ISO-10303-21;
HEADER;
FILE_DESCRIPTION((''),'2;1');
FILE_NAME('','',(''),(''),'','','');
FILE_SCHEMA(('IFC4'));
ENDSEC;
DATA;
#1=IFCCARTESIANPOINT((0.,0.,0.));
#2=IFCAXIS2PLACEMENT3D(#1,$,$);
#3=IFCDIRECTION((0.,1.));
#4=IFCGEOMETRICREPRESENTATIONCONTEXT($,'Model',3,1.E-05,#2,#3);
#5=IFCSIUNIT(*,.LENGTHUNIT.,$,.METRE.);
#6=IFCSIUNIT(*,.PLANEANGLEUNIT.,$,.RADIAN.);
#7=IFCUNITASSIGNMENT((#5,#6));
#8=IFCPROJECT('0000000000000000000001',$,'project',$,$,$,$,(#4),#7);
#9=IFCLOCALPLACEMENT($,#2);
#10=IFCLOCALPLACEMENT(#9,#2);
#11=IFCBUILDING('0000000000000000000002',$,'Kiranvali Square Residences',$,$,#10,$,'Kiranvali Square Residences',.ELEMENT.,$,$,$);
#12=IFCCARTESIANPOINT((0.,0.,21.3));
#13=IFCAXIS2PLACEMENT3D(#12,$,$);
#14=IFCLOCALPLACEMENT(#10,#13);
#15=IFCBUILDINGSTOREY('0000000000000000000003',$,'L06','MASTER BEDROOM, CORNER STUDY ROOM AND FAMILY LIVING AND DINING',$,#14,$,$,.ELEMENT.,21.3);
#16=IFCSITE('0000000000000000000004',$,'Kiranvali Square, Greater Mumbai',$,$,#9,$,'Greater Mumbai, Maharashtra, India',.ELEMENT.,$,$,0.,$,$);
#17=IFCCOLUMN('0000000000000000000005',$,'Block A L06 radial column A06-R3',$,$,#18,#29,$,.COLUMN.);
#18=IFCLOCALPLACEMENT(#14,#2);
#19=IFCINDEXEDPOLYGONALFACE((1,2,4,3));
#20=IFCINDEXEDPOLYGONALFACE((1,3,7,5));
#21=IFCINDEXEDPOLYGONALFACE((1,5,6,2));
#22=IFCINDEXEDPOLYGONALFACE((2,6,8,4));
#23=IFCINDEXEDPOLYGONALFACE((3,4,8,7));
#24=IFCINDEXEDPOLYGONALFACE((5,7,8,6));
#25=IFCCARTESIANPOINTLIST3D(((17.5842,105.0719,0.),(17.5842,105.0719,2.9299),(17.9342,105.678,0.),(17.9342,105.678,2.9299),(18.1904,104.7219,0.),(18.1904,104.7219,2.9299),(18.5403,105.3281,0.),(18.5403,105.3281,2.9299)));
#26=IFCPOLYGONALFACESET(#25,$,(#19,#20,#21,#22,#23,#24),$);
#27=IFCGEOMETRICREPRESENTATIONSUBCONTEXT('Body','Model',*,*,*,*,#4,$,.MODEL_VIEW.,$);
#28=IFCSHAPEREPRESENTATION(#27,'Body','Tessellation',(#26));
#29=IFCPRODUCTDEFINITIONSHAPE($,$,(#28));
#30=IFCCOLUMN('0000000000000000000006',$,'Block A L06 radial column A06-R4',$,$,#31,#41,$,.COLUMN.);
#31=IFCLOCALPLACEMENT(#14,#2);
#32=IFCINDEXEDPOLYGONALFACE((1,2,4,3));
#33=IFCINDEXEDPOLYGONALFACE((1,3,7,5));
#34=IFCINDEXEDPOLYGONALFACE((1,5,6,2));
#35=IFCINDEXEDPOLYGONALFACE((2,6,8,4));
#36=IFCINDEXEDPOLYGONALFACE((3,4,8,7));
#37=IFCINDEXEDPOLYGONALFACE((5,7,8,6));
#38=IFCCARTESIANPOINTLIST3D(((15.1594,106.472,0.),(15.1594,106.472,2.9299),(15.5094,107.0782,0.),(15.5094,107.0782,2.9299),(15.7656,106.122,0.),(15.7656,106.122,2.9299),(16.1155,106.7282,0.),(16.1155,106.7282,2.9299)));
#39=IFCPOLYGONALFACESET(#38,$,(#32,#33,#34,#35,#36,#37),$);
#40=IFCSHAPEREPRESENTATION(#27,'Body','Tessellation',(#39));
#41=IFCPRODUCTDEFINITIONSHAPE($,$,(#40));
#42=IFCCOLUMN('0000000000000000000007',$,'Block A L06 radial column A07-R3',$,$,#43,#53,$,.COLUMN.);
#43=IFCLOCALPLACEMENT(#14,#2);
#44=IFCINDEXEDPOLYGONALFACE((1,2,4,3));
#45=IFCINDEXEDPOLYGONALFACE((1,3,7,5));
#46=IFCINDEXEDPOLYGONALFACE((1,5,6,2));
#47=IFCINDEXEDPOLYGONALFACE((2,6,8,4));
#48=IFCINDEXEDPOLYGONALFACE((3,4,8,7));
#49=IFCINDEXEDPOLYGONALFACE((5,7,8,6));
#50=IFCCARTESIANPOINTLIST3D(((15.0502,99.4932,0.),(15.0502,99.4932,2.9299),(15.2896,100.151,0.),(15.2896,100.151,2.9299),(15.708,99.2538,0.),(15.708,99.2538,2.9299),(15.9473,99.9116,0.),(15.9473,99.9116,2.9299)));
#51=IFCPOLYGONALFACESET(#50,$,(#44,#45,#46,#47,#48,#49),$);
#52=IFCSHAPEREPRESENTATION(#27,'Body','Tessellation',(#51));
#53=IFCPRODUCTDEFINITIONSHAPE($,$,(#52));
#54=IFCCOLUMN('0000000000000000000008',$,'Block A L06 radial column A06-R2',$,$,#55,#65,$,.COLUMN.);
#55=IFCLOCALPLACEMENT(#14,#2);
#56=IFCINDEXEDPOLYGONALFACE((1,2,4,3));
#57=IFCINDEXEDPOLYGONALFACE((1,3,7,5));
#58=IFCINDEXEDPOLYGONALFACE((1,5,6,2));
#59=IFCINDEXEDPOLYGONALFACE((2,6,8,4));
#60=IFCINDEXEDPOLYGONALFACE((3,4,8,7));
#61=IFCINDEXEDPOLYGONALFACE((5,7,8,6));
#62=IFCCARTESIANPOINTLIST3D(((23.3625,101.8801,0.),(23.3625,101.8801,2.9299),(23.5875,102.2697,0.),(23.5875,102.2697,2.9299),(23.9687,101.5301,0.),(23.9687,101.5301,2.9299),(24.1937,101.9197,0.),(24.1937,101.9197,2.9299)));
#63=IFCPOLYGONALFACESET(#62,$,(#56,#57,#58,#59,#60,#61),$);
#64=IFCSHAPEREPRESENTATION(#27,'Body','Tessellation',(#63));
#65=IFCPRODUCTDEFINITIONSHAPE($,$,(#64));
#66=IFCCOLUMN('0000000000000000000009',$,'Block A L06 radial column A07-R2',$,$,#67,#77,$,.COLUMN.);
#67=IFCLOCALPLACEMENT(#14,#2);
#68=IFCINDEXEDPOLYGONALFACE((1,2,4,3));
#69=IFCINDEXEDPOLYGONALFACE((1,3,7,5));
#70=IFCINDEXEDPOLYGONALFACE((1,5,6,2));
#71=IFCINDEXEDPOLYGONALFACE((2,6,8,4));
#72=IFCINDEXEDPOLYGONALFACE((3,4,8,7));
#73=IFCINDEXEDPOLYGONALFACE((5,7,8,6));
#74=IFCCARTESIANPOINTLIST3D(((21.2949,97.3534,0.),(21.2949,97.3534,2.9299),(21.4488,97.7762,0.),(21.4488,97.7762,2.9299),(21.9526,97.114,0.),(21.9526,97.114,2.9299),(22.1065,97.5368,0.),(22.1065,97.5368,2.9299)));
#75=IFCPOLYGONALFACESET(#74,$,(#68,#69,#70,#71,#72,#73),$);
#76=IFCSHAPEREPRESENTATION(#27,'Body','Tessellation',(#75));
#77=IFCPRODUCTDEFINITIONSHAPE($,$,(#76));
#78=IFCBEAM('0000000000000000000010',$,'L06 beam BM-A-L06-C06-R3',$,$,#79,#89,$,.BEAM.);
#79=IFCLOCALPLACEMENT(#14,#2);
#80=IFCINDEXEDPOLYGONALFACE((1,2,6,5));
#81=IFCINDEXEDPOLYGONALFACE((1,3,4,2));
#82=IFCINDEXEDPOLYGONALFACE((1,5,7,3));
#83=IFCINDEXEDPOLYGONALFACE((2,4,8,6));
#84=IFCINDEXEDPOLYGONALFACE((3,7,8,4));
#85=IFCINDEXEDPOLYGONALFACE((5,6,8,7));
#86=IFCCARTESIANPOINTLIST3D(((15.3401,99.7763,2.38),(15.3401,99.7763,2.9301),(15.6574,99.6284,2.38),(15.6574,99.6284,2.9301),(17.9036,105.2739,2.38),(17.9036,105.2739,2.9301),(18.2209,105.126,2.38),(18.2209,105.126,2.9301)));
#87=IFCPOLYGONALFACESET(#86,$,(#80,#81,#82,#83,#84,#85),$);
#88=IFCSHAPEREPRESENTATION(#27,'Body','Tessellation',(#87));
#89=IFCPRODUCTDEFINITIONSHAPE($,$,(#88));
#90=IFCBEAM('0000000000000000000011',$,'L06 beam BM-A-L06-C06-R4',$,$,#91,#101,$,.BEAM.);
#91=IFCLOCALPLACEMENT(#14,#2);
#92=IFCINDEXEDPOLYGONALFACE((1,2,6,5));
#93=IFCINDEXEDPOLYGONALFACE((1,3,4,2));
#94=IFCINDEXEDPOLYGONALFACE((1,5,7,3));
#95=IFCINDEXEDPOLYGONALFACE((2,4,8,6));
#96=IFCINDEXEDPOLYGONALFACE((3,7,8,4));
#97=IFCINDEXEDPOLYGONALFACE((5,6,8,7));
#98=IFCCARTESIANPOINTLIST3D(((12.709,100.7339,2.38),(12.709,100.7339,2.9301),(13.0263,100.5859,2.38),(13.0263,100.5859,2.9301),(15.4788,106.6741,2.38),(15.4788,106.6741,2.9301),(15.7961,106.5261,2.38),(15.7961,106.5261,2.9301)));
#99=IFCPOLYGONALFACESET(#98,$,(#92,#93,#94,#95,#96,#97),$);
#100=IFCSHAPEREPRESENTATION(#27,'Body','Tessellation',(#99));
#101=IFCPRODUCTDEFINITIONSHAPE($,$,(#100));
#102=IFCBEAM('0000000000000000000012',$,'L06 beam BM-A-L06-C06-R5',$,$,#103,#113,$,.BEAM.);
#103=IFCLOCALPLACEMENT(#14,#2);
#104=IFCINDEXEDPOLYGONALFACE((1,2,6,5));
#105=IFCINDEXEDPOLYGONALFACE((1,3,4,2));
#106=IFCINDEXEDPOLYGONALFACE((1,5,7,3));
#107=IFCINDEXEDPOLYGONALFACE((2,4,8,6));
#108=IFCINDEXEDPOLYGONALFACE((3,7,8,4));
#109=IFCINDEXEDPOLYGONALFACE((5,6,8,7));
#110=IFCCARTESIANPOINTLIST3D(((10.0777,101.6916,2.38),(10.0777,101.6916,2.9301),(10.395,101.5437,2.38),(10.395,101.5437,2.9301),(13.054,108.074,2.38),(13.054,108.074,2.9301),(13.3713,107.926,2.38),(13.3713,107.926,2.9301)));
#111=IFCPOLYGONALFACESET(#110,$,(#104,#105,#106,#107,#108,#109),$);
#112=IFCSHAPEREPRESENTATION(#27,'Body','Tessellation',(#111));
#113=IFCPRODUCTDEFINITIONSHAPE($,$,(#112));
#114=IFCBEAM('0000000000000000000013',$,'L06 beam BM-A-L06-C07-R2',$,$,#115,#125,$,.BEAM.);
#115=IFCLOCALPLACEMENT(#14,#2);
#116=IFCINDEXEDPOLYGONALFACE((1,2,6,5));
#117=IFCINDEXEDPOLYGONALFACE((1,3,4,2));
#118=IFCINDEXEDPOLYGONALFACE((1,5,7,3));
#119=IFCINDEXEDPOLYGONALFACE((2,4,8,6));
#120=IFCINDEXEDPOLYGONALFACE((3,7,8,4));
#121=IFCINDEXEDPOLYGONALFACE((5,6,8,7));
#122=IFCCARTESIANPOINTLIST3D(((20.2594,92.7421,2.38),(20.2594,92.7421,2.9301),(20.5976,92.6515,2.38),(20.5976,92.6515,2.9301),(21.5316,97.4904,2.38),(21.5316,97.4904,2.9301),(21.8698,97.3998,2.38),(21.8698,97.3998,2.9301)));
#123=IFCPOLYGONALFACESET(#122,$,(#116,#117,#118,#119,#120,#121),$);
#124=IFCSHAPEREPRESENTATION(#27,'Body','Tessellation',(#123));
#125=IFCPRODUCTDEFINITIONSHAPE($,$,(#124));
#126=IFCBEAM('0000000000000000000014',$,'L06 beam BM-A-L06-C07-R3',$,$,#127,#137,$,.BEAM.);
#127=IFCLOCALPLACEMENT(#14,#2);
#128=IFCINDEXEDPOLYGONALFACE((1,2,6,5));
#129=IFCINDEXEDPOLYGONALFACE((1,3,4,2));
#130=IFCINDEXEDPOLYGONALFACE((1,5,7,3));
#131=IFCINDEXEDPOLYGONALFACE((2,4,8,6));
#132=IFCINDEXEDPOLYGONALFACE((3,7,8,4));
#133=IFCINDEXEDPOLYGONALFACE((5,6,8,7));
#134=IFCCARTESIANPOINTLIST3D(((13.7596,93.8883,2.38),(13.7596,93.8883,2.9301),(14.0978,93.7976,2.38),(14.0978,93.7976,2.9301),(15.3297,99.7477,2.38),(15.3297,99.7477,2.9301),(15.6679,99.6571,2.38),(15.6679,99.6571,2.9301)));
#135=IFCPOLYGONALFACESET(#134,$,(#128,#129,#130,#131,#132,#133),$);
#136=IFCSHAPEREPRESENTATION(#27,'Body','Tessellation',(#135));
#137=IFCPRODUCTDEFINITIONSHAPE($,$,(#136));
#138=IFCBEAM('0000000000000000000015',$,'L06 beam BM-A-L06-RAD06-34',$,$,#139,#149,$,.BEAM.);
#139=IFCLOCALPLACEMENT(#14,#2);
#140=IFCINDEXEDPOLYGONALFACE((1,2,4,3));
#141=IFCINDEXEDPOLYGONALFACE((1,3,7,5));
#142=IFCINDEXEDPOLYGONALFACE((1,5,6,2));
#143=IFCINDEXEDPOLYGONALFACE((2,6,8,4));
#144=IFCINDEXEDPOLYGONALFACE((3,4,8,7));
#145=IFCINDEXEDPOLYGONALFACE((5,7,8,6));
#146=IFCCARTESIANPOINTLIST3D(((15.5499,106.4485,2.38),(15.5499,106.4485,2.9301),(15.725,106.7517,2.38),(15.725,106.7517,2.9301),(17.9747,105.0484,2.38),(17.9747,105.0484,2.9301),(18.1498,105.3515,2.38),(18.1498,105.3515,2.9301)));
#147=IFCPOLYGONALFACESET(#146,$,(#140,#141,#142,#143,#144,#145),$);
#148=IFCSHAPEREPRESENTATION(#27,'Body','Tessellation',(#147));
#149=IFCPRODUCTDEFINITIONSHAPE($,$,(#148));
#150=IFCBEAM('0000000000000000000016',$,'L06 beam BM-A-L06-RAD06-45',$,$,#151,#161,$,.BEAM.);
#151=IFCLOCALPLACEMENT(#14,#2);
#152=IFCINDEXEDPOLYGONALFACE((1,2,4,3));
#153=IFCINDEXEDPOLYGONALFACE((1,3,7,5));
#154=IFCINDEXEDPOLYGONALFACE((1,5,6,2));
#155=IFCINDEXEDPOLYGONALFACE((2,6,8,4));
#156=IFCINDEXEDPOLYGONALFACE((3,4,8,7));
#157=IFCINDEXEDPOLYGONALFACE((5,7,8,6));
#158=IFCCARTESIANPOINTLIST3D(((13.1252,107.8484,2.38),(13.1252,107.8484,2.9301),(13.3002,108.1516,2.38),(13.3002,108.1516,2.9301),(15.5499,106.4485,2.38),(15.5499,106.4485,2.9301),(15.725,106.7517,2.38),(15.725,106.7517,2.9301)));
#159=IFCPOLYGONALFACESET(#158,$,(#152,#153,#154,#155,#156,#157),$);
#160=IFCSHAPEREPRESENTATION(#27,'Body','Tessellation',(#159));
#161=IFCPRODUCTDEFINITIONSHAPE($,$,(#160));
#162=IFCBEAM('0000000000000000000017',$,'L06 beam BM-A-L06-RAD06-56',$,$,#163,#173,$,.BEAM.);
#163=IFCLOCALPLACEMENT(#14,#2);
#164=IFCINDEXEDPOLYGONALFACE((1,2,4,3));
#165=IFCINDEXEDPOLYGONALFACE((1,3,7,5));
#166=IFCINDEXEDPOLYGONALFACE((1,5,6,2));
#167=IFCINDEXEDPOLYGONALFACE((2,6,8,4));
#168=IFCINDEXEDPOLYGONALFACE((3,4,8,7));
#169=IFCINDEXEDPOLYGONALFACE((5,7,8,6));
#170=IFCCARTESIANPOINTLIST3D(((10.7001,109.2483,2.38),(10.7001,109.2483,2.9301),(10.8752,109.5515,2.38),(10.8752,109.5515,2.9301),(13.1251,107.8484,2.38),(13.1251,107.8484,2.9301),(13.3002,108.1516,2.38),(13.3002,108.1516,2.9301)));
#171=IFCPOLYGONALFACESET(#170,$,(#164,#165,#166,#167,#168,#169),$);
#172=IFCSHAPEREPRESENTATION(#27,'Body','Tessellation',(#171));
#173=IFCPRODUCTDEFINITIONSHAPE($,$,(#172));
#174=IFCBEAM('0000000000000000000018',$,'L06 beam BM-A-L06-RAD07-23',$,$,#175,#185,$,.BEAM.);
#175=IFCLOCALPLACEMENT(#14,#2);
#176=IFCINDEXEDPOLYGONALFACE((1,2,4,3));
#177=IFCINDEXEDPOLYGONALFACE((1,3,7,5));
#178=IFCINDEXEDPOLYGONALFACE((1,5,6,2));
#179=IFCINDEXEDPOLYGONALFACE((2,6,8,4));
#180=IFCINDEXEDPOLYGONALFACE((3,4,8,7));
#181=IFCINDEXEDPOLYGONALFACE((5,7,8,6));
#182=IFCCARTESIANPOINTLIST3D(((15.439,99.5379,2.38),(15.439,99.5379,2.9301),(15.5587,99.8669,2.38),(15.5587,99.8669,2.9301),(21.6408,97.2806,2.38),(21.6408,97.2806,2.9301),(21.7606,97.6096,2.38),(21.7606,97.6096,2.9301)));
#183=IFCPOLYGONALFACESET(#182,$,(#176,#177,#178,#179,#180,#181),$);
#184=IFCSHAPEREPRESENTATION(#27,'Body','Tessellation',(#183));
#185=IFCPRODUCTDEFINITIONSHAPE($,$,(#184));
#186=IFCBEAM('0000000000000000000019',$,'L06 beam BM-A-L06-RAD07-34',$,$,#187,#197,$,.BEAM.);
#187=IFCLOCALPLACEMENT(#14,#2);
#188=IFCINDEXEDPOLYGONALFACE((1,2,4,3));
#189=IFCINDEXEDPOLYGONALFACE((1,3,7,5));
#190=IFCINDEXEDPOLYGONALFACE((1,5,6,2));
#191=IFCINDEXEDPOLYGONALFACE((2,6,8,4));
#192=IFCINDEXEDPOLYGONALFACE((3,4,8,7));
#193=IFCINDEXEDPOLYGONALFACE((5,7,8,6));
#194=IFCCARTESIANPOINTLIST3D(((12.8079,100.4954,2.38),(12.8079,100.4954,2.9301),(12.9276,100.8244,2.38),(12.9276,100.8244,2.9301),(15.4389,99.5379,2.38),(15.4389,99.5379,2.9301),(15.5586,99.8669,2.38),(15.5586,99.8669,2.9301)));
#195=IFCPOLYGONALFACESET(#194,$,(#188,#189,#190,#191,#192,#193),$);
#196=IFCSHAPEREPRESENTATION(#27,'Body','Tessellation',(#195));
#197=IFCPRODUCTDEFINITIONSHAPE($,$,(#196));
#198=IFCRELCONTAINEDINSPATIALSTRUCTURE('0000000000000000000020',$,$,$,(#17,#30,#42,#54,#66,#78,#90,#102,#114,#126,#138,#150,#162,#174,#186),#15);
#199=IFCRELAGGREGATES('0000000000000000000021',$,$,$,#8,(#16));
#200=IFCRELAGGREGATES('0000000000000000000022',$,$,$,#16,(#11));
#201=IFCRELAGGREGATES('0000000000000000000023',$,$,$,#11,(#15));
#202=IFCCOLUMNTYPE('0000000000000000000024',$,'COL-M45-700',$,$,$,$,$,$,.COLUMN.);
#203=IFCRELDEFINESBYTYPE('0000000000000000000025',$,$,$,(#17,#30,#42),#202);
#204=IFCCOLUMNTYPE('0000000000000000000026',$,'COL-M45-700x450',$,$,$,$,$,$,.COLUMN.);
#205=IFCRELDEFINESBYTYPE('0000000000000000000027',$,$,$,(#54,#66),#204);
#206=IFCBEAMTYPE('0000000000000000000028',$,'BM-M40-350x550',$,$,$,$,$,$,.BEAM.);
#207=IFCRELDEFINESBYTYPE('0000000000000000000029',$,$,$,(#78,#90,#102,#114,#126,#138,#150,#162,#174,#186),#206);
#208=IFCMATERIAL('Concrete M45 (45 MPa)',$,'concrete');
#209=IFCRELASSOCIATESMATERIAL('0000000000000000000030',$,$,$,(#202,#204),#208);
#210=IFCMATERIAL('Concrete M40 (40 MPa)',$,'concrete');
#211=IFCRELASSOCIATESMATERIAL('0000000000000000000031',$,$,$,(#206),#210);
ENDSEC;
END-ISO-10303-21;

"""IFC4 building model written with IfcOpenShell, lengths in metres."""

from ifc_helpers import new_model, si_unit, direction, frame, origin, origin_2d, place, context, subcontext, project, spatial, rectangle, extrude, material, material_profile, profile_set, type_object, element, save


model = new_model("IFC4")

# Units and contexts
model_context = context("Model", 3, precision=1e-05, world=origin(), true_north=direction((0.0, 1.0)))
body_context = subcontext(model_context, "Body", "Model", "MODEL_VIEW")
ifc_project = project(units=[si_unit("LENGTHUNIT", "METRE"), si_unit("PLANEANGLEUNIT", "RADIAN")], contexts=[model_context])

# Site, building, storey
site_placement = place(None, origin())
site = spatial("IfcSite", under=ifc_project, at=site_placement, Name="Kiranvali Square, Greater Mumbai", LongName="Greater Mumbai, Maharashtra, India", CompositionType="ELEMENT", RefElevation=0.0)
building_placement = place(site_placement, origin())
building = spatial("IfcBuilding", under=site, at=building_placement, Name="Kiranvali Square Residences", LongName="Kiranvali Square Residences", CompositionType="ELEMENT")
storey_placement = place(building_placement, frame((0.0, 0.0, 21.3)))
storey = spatial("IfcBuildingStorey", under=building, at=storey_placement, Name="L06", Description="MASTER BEDROOM, CORNER STUDY ROOM AND FAMILY LIVING AND DINING", CompositionType="ELEMENT", Elevation=21.3)

# Columns
ifc_material_1 = material(Name="Concrete M45 (45 MPa)", Category="concrete")
ifc_material_profile_1 = material_profile(ifc_material_1, rectangle(XDim=0.7, YDim=0.7, at=origin_2d()), Name="RC 700x700")
ifc_profile_set_1 = profile_set([ifc_material_profile_1], Name="Concrete M45 (45 MPa)")
column_type_1 = type_object("IfcColumnType", Name="COL-M45-700", PredefinedType="COLUMN", material=ifc_profile_set_1)
for number, where, z_axis, x_axis, name in (
    (1, (18.0623, 105.2, 0.0), (0.0, 0.0, 1.0), (0.5, 0.866025, 0.0), "Block A L06 radial column A06-R3"),
    (2, (15.6375, 106.6001, 0.0), (0.0, 0.0, 1.0), (0.5, 0.866025, 0.0), "Block A L06 radial column A06-R4"),
    (3, (15.4988, 99.7024, 0.0), (0.0, 0.0, 1.0), (0.34202, 0.939693, 0.0), "Block A L06 radial column A07-R3"),
):
    element("IfcColumn", number, at=place(storey_placement, frame(where, z_axis=z_axis, x_axis=x_axis)), inside=storey, type_object=column_type_1, Name=name, PredefinedType="COLUMN", context=body_context, shape_type="SweptSolid", body=[
        extrude(rectangle(XDim=0.7, YDim=0.7, at=origin_2d()), origin(), (0.0, 0.0, 1.0), 2.9299),
    ])
ifc_material_profile_2 = material_profile(ifc_material_1, rectangle(XDim=0.45, YDim=0.7, at=origin_2d()), Name="RC 700x450")
ifc_profile_set_2 = profile_set([ifc_material_profile_2], Name="Concrete M45 (45 MPa)")
column_type_2 = type_object("IfcColumnType", Name="COL-M45-700x450", PredefinedType="COLUMN", material=ifc_profile_set_2)
for number, where, z_axis, x_axis, name in (
    (4, (23.7781, 101.8999, 0.0), (0.0, 0.0, 1.0), (0.5, 0.866025, 0.0), "Block A L06 radial column A06-R2"),
    (5, (21.7007, 97.4451, 0.0), (0.0, 0.0, 1.0), (0.34202, 0.939693, 0.0), "Block A L06 radial column A07-R2"),
):
    element("IfcColumn", number, at=place(storey_placement, frame(where, z_axis=z_axis, x_axis=x_axis)), inside=storey, type_object=column_type_2, Name=name, PredefinedType="COLUMN", context=body_context, shape_type="SweptSolid", body=[
        extrude(rectangle(XDim=0.45, YDim=0.7, at=origin_2d()), origin(), (0.0, 0.0, 1.0), 2.9299),
    ])

# Beams
ifc_material_2 = material(Name="Concrete M40 (40 MPa)", Category="concrete")
ifc_material_profile_3 = material_profile(ifc_material_2, rectangle(XDim=0.3501, YDim=0.55, at=origin_2d()), Name="RC 350x550")
ifc_profile_set_3 = profile_set([ifc_material_profile_3], Name="Concrete M40 (40 MPa)")
beam_type = type_object("IfcBeamType", Name="BM-M40-350x550", PredefinedType="BEAM", material=ifc_profile_set_3)
beam_1_placement = place(storey_placement, frame((18.0623, 105.2, 2.655), z_axis=(-0.422608, -0.906313, 0.0), x_axis=(0.906313, -0.422608, 0.0)))
element("IfcBeam", 6, at=beam_1_placement, inside=storey, type_object=beam_type, Name="L06 beam BM-A-L06-C06-R3", PredefinedType="BEAM", context=body_context, shape_type="SweptSolid", body=[
    extrude(rectangle(XDim=0.3501, YDim=0.55, at=origin_2d()), origin(), (0.0, 0.0, 1.0), 6.0659),
])
beam_2_placement = place(storey_placement, frame((15.6375, 106.6001, 2.655), z_axis=(-0.422596, -0.906318, 0.0), x_axis=(0.906318, -0.422596, 0.0)))
element("IfcBeam", 7, at=beam_2_placement, inside=storey, type_object=beam_type, Name="L06 beam BM-A-L06-C06-R4", PredefinedType="BEAM", context=body_context, shape_type="SweptSolid", body=[
    extrude(rectangle(XDim=0.3501, YDim=0.55, at=origin_2d()), origin(), (0.0, 0.0, 1.0), 6.5542),
])
beam_3_placement = place(storey_placement, frame((13.2126, 108.0, 2.655), z_axis=(-0.422641, -0.906297, 0.0), x_axis=(0.906297, -0.422641, 0.0)))
element("IfcBeam", 8, at=beam_3_placement, inside=storey, type_object=beam_type, Name="L06 beam BM-A-L06-C06-R5", PredefinedType="BEAM", context=body_context, shape_type="SweptSolid", body=[
    extrude(rectangle(XDim=0.3501, YDim=0.55, at=origin_2d()), origin(), (0.0, 0.0, 1.0), 7.0422),
])
beam_4_placement = place(storey_placement, frame((21.7007, 97.4451, 2.655), z_axis=(-0.258803, -0.96593, 0.0), x_axis=(0.96593, -0.258803, 0.0)))
element("IfcBeam", 9, at=beam_4_placement, inside=storey, type_object=beam_type, Name="L06 beam BM-A-L06-C07-R2", PredefinedType="BEAM", context=body_context, shape_type="SweptSolid", body=[
    extrude(rectangle(XDim=0.3501, YDim=0.55, at=origin_2d()), origin(), (0.0, 0.0, 1.0), 4.9158),
])
beam_5_placement = place(storey_placement, frame((15.4988, 99.7024, 2.655), z_axis=(-0.258827, -0.965924, 0.0), x_axis=(0.965924, -0.258827, 0.0)))
element("IfcBeam", 10, at=beam_5_placement, inside=storey, type_object=beam_type, Name="L06 beam BM-A-L06-C07-R3", PredefinedType="BEAM", context=body_context, shape_type="SweptSolid", body=[
    extrude(rectangle(XDim=0.3501, YDim=0.55, at=origin_2d()), origin(), (0.0, 0.0, 1.0), 6.0662),
])
beam_6_placement = place(storey_placement, frame((18.0623, 105.2, 2.655), z_axis=(-0.865997, 0.50005, 0.0), x_axis=(-0.50005, -0.865997, 0.0)))
element("IfcBeam", 11, at=beam_6_placement, inside=storey, type_object=beam_type, Name="L06 beam BM-A-L06-RAD06-34", PredefinedType="BEAM", context=body_context, shape_type="SweptSolid", body=[
    extrude(rectangle(XDim=0.3501, YDim=0.55, at=origin_2d()), origin(), (0.0, 0.0, 1.0), 2.8),
])
beam_7_placement = place(storey_placement, frame((15.6375, 106.6001, 2.655), z_axis=(-0.866035, 0.499984, 0.0), x_axis=(-0.499984, -0.866035, 0.0)))
element("IfcBeam", 12, at=beam_7_placement, inside=storey, type_object=beam_type, Name="L06 beam BM-A-L06-RAD06-45", PredefinedType="BEAM", context=body_context, shape_type="SweptSolid", body=[
    extrude(rectangle(XDim=0.3501, YDim=0.55, at=origin_2d()), origin(), (0.0, 0.0, 1.0), 2.7998),
])
beam_8_placement = place(storey_placement, frame((13.2126, 108.0, 2.655), z_axis=(-0.866056, 0.499946, 0.0), x_axis=(-0.499946, -0.866056, 0.0)))
element("IfcBeam", 13, at=beam_8_placement, inside=storey, type_object=beam_type, Name="L06 beam BM-A-L06-RAD06-56", PredefinedType="BEAM", context=body_context, shape_type="SweptSolid", body=[
    extrude(rectangle(XDim=0.3501, YDim=0.55, at=origin_2d()), origin(), (0.0, 0.0, 1.0), 2.8),
])
beam_9_placement = place(storey_placement, frame((21.7007, 97.4451, 2.655), z_axis=(-0.939692, 0.342022, 0.0), x_axis=(-0.342022, -0.939692, 0.0)))
element("IfcBeam", 14, at=beam_9_placement, inside=storey, type_object=beam_type, Name="L06 beam BM-A-L06-RAD07-23", PredefinedType="BEAM", context=body_context, shape_type="SweptSolid", body=[
    extrude(rectangle(XDim=0.3501, YDim=0.55, at=origin_2d()), origin(), (0.0, 0.0, 1.0), 6.5999),
])
beam_10_placement = place(storey_placement, frame((15.4988, 99.7024, 2.655), z_axis=(-0.939707, 0.341981, 0.0), x_axis=(-0.341981, -0.939707, 0.0)))
element("IfcBeam", 15, at=beam_10_placement, inside=storey, type_object=beam_type, Name="L06 beam BM-A-L06-RAD07-34", PredefinedType="BEAM", context=body_context, shape_type="SweptSolid", body=[
    extrude(rectangle(XDim=0.3501, YDim=0.55, at=origin_2d()), origin(), (0.0, 0.0, 1.0), 2.7998),
])

save(model, "model.ifc")
